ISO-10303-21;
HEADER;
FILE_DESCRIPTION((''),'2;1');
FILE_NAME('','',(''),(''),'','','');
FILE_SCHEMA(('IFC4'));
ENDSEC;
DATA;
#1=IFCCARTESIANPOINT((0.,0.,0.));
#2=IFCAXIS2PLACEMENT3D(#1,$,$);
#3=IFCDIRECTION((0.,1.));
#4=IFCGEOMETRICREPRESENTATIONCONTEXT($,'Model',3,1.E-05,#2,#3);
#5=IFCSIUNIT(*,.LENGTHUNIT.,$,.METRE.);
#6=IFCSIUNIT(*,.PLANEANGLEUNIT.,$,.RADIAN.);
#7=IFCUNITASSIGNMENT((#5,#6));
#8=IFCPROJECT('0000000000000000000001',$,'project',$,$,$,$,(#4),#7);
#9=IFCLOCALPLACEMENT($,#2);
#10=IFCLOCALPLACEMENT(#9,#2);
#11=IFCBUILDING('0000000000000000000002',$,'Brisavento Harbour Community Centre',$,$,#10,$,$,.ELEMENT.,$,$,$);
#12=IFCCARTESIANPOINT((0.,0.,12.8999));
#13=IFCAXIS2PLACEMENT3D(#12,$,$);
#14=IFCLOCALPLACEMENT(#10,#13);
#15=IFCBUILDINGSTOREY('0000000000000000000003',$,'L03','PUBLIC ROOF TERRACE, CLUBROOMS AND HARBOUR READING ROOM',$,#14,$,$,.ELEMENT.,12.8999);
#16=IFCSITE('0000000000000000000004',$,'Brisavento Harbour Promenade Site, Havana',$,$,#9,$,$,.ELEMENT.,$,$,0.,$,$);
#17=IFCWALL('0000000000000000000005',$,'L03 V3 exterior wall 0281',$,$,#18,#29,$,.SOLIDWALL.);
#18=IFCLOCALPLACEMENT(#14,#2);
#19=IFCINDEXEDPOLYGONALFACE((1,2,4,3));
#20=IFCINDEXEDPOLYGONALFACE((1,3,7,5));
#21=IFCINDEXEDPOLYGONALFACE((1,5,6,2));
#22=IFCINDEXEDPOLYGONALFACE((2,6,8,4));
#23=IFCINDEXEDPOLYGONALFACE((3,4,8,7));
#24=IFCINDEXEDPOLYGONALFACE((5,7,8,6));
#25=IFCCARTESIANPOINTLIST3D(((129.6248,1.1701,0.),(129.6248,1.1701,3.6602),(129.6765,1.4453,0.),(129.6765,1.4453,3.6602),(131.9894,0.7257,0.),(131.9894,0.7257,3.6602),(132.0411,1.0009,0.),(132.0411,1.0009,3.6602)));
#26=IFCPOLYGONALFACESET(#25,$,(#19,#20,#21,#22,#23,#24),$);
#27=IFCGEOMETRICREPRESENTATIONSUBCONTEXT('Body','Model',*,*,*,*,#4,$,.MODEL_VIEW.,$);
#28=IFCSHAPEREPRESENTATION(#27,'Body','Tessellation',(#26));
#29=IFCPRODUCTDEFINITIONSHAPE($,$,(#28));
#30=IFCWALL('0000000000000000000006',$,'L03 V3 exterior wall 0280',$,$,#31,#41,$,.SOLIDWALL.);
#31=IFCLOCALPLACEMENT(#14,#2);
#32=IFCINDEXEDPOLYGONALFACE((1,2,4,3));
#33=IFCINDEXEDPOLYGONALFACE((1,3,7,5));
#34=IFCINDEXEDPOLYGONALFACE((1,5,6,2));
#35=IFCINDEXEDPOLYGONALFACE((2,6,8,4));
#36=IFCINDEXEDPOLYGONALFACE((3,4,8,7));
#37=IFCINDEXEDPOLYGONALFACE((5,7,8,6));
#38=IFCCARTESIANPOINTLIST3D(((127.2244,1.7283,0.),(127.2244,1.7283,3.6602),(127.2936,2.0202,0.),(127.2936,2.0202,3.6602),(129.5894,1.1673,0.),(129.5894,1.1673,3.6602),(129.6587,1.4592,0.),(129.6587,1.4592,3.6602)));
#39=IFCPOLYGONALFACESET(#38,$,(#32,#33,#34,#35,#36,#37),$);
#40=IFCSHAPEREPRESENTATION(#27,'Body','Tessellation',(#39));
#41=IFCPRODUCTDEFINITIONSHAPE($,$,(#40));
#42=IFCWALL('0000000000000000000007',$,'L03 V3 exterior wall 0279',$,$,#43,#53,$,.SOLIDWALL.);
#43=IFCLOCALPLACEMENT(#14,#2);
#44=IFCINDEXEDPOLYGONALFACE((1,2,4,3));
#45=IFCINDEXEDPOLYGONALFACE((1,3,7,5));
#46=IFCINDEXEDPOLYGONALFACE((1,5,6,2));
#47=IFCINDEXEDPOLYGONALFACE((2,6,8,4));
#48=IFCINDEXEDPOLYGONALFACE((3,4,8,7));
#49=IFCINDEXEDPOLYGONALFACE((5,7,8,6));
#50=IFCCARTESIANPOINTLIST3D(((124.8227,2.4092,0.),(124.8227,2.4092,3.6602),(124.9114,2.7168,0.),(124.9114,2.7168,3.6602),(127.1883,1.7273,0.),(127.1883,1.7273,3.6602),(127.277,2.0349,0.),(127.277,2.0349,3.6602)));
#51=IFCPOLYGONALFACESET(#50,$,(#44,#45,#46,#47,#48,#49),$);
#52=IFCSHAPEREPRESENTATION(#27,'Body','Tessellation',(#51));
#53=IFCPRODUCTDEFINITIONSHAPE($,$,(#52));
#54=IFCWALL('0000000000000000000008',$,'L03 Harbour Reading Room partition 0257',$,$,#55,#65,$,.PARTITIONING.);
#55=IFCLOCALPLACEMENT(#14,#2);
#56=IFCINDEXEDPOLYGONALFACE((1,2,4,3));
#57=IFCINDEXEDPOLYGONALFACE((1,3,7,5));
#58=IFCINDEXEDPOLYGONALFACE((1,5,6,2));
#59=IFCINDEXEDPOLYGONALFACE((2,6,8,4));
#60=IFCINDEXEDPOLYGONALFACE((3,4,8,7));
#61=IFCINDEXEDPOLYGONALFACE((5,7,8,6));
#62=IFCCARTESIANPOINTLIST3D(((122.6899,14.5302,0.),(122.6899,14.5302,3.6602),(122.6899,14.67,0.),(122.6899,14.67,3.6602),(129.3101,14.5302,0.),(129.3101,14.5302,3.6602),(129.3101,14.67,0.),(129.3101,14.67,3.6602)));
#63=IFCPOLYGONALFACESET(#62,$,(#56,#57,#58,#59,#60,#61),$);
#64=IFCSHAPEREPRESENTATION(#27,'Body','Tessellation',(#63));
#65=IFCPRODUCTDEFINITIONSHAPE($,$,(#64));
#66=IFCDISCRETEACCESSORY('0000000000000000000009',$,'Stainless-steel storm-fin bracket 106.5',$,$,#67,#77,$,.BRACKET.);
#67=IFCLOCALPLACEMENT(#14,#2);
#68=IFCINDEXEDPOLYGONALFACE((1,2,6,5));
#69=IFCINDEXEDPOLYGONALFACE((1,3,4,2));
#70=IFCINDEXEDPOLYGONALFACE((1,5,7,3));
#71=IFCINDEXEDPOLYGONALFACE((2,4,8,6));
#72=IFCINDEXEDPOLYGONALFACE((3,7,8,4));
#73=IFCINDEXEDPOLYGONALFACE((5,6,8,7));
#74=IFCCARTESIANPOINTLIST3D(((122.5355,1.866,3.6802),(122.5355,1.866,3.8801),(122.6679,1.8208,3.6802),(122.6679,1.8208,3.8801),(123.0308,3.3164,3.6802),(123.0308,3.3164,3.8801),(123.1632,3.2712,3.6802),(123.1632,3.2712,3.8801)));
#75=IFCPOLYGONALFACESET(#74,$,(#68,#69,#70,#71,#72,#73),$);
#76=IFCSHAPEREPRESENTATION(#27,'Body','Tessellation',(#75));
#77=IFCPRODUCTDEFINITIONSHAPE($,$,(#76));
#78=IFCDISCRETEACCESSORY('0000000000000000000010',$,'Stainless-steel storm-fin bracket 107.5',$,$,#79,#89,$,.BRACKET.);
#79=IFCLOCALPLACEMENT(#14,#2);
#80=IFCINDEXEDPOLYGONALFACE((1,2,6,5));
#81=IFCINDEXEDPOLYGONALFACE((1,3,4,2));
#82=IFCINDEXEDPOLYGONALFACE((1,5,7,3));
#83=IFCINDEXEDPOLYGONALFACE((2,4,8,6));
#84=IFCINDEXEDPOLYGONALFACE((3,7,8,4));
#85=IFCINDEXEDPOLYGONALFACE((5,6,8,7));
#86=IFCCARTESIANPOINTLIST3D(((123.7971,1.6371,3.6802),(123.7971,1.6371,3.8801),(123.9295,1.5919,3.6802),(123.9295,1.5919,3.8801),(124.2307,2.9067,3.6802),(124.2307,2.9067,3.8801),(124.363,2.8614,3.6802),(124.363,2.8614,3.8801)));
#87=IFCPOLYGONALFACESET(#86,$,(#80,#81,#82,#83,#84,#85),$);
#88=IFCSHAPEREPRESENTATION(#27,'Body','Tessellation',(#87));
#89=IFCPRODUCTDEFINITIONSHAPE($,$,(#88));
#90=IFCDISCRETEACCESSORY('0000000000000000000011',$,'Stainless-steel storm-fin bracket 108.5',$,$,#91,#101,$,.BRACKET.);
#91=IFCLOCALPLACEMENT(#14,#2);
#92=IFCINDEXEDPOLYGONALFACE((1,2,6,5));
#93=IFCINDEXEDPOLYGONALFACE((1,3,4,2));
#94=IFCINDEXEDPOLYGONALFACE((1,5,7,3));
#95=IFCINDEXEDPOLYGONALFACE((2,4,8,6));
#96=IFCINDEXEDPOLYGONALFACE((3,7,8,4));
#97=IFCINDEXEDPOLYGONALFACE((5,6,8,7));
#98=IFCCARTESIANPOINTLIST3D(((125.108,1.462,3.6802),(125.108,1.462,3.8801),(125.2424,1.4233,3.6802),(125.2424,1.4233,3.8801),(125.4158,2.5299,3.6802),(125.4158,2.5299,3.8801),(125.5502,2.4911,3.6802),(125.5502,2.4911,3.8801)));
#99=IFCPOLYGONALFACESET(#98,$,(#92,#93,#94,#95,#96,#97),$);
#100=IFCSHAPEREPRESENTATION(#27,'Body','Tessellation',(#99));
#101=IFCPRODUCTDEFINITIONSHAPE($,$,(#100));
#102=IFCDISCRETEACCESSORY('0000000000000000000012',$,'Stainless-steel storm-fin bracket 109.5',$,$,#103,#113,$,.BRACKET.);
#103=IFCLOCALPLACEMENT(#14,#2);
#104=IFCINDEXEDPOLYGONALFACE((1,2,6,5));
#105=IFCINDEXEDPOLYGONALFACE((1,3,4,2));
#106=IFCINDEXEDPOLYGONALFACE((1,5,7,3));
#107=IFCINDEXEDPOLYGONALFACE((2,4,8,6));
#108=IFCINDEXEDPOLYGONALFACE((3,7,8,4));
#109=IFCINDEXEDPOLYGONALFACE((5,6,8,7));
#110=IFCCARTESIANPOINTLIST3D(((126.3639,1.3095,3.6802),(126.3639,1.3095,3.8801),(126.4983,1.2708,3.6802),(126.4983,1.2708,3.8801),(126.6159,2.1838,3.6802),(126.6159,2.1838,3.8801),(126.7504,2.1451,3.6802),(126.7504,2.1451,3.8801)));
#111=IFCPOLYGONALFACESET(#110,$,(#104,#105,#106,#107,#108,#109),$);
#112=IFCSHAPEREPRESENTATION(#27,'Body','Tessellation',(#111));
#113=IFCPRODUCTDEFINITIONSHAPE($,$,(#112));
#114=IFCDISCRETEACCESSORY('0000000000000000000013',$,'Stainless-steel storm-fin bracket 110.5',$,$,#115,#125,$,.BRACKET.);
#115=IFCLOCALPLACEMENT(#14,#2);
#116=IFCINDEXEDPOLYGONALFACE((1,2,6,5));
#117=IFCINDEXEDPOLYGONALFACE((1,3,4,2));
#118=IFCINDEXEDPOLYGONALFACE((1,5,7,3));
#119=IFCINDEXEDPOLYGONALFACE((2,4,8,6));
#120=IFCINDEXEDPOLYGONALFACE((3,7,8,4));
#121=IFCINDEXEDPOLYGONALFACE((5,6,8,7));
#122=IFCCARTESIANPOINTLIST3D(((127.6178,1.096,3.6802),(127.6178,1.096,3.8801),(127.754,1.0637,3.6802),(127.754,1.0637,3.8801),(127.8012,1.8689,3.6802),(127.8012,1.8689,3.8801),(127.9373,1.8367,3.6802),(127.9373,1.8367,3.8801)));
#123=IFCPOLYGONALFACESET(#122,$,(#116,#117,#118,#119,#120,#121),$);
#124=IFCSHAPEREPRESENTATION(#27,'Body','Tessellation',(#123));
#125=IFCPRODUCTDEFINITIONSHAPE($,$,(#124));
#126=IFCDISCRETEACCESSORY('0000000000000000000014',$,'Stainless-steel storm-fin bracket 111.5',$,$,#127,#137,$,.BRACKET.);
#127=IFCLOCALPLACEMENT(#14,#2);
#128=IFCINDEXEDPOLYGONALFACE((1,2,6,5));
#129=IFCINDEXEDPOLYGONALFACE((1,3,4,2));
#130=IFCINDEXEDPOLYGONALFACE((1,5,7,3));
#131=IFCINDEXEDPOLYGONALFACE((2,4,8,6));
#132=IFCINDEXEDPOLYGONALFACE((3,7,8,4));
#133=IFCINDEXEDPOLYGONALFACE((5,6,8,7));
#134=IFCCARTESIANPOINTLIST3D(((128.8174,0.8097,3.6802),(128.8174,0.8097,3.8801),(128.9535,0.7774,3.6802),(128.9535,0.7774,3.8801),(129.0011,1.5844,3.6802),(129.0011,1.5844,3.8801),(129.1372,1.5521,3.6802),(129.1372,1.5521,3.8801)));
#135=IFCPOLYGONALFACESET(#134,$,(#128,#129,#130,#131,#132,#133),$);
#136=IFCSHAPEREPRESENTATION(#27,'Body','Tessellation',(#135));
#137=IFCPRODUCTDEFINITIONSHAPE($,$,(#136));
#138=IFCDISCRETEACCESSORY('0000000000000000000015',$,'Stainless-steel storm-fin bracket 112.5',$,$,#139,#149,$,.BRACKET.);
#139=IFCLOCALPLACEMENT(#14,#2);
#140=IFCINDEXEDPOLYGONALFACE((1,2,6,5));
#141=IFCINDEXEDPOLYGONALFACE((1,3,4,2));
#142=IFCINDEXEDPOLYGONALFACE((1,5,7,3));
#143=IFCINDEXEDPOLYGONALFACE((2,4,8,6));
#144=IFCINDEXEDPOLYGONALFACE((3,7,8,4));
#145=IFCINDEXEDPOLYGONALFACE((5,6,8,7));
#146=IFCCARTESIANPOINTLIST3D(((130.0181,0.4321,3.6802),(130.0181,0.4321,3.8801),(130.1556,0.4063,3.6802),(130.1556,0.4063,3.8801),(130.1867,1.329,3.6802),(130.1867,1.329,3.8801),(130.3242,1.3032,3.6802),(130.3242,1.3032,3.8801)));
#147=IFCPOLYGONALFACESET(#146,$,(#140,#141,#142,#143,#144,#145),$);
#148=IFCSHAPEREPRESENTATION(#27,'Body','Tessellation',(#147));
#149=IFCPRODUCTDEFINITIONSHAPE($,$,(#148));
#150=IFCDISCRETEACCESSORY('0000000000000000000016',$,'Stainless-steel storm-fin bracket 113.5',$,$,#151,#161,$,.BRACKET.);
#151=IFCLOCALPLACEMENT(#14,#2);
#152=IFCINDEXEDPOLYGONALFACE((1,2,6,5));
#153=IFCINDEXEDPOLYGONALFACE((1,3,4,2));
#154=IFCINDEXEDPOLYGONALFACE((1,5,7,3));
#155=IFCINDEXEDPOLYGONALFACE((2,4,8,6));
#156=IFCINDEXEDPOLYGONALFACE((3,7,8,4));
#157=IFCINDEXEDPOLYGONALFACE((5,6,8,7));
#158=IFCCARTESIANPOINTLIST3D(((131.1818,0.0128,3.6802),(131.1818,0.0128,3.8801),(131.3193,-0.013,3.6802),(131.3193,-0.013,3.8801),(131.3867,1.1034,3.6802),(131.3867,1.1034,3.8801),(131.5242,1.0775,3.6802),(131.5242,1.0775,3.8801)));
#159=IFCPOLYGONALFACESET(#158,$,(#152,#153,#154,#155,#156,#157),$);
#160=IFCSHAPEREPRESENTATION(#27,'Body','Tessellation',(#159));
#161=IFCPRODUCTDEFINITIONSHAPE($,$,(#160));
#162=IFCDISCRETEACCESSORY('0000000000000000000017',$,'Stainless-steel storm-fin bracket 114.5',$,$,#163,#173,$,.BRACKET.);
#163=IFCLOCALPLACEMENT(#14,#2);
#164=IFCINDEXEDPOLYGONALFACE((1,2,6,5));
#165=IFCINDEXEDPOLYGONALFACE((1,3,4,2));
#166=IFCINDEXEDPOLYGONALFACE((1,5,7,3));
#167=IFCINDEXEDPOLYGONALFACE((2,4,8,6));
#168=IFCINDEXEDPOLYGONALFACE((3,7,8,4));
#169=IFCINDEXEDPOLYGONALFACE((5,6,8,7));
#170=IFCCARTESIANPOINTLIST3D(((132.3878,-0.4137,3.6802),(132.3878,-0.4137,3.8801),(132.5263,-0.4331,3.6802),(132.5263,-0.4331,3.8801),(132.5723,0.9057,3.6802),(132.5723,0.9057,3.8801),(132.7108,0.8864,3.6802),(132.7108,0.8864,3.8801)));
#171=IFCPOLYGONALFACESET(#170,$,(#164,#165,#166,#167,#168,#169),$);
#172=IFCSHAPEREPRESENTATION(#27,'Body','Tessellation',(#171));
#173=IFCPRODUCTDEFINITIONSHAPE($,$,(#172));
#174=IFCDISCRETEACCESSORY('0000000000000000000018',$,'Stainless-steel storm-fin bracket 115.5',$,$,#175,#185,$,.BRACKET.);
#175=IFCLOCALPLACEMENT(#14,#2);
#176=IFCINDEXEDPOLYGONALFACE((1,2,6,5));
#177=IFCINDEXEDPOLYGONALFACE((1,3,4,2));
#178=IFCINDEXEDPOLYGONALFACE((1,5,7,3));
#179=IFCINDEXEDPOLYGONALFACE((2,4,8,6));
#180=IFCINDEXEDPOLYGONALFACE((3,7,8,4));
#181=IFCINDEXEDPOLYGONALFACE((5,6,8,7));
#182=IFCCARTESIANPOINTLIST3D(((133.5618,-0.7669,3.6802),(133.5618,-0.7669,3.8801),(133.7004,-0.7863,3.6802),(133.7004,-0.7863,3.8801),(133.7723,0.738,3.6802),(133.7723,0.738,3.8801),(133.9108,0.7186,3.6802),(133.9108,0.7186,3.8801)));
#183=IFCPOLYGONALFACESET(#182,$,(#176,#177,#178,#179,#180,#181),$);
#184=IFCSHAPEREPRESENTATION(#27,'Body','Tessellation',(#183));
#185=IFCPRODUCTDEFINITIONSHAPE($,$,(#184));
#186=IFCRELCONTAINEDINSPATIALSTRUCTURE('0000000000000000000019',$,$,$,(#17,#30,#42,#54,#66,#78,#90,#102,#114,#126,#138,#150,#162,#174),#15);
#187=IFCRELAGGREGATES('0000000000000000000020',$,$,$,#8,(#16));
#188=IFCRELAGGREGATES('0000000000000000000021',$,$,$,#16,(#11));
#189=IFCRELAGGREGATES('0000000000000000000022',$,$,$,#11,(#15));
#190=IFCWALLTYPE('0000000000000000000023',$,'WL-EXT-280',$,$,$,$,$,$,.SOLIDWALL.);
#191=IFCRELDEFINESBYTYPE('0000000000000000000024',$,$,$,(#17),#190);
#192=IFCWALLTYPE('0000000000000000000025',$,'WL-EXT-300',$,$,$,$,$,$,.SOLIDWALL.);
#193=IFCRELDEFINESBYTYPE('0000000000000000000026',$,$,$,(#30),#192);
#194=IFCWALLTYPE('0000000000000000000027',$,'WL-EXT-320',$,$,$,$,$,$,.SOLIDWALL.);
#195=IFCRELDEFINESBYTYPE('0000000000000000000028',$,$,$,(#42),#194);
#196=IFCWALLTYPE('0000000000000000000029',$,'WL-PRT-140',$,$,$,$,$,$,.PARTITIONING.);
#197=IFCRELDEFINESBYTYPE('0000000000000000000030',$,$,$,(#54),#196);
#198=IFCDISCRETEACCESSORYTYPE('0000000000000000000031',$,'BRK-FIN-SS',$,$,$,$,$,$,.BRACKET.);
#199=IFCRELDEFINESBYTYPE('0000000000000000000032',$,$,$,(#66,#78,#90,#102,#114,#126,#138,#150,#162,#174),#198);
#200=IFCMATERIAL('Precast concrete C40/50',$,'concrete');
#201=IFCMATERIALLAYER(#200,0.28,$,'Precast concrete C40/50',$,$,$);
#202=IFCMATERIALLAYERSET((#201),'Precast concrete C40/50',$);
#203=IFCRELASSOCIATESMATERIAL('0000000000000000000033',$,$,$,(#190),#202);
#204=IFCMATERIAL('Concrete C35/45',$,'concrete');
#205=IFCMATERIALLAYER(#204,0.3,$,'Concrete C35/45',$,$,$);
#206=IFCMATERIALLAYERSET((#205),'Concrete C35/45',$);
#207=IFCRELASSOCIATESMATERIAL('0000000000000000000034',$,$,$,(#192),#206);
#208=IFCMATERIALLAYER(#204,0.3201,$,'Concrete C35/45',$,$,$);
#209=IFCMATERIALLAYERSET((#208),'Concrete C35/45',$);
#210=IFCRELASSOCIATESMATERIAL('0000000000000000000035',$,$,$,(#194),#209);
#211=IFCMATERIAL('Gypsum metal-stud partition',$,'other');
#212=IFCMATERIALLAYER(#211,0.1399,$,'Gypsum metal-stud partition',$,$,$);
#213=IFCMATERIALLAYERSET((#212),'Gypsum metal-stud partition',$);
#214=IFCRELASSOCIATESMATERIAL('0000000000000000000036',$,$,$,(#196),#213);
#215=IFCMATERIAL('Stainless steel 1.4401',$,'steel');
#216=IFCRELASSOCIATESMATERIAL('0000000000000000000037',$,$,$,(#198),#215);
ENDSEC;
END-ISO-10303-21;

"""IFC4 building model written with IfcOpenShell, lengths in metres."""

from ifc_helpers import new_model, si_unit, direction, frame, frame_2d, origin, origin_2d, place, context, subcontext, project, spatial, rectangle, extrude, material, layer, layer_set, type_object, element, save


model = new_model("IFC4")

# Units and contexts
model_context = context("Model", 3, precision=1e-05, world=origin(), true_north=direction((0.0, 1.0)))
body_context = subcontext(model_context, "Body", "Model", "MODEL_VIEW")
ifc_project = project(units=[si_unit("LENGTHUNIT", "METRE"), si_unit("PLANEANGLEUNIT", "RADIAN")], contexts=[model_context])

# Site, building, storey
site_placement = place(None, origin())
site = spatial("IfcSite", under=ifc_project, at=site_placement, Name="Brisavento Harbour Promenade Site, Havana", CompositionType="ELEMENT", RefElevation=0.0)
building_placement = place(site_placement, origin())
building = spatial("IfcBuilding", under=site, at=building_placement, Name="Brisavento Harbour Community Centre", CompositionType="ELEMENT")
storey_placement = place(building_placement, frame((0.0, 0.0, 12.8999)))
storey = spatial("IfcBuildingStorey", under=building, at=storey_placement, Name="L03", Description="PUBLIC ROOF TERRACE, CLUBROOMS AND HARBOUR READING ROOM", CompositionType="ELEMENT", Elevation=12.8999)

# Shared definitions
ifc_material_1 = material(Name="Concrete C35/45", Category="concrete")

# Walls
ifc_material_2 = material(Name="Precast concrete C40/50", Category="concrete")
ifc_layer_1 = layer(ifc_material_2, 0.28, Name="Precast concrete C40/50")
ifc_layer_set_1 = layer_set([ifc_layer_1], Name="Precast concrete C40/50")
wall_type_1 = type_object("IfcWallType", Name="WL-EXT-280", PredefinedType="SOLIDWALL", material=ifc_layer_set_1)
wall_1_placement = place(storey_placement, frame((132.0154, 0.8633, 0.0), z_axis=(0.0, 0.0, 1.0), x_axis=(-0.982797, 0.184687, 0.0)))
element("IfcWall", 1, at=wall_1_placement, inside=storey, type_object=wall_type_1, Name="L03 V3 exterior wall 0281", PredefinedType="SOLIDWALL", context=body_context, shape_type="SweptSolid", body=[
    extrude(rectangle(XDim=2.406, YDim=0.28, at=frame_2d((1.2031, 0.0))), origin(), (0.0, 0.0, 1.0), 3.6602),
])
ifc_layer_2 = layer(ifc_material_1, 0.3, Name="Concrete C35/45")
ifc_layer_set_2 = layer_set([ifc_layer_2], Name="Concrete C35/45")
wall_type_2 = type_object("IfcWallType", Name="WL-EXT-300", PredefinedType="SOLIDWALL", material=ifc_layer_set_2)
wall_2_placement = place(storey_placement, frame((129.624, 1.3132, 0.0), z_axis=(0.0, 0.0, 1.0), x_axis=(-0.972997, 0.230819, 0.0)))
element("IfcWall", 2, at=wall_2_placement, inside=storey, type_object=wall_type_2, Name="L03 V3 exterior wall 0280", PredefinedType="SOLIDWALL", context=body_context, shape_type="SweptSolid", body=[
    extrude(rectangle(XDim=2.4307, YDim=0.3, at=frame_2d((1.2153, 0.0))), origin(), (0.0, 0.0, 1.0), 3.6602),
])
ifc_layer_3 = layer(ifc_material_1, 0.3201, Name="Concrete C35/45")
ifc_layer_set_3 = layer_set([ifc_layer_3], Name="Concrete C35/45")
wall_type_3 = type_object("IfcWallType", Name="WL-EXT-320", PredefinedType="SOLIDWALL", material=ifc_layer_set_3)
wall_3_placement = place(storey_placement, frame((127.2327, 1.8811, 0.0), z_axis=(0.0, 0.0, 1.0), x_axis=(-0.960874, 0.276986, 0.0)))
element("IfcWall", 3, at=wall_3_placement, inside=storey, type_object=wall_type_3, Name="L03 V3 exterior wall 0279", PredefinedType="SOLIDWALL", context=body_context, shape_type="SweptSolid", body=[
    extrude(rectangle(XDim=2.4619, YDim=0.3201, at=frame_2d((1.231, 0.0))), origin(), (0.0, 0.0, 1.0), 3.6602),
])
ifc_material_3 = material(Name="Gypsum metal-stud partition", Category="other")
ifc_layer_4 = layer(ifc_material_3, 0.1399, Name="Gypsum metal-stud partition")
ifc_layer_set_4 = layer_set([ifc_layer_4], Name="Gypsum metal-stud partition")
wall_type_4 = type_object("IfcWallType", Name="WL-PRT-140", PredefinedType="PARTITIONING", material=ifc_layer_set_4)
wall_4_placement = place(storey_placement, frame((129.3101, 14.6001, 0.0), z_axis=(0.0, 0.0, 1.0), x_axis=(-1.0, 0.0, 0.0)))
element("IfcWall", 4, at=wall_4_placement, inside=storey, type_object=wall_type_4, Name="L03 Harbour Reading Room partition 0257", PredefinedType="PARTITIONING", context=body_context, shape_type="SweptSolid", body=[
    extrude(rectangle(XDim=6.6201, YDim=0.1399, at=frame_2d((3.3101, 0.0))), origin(), (0.0, 0.0, 1.0), 3.6602),
])

# Discrete accessories
ifc_material_4 = material(Name="Stainless steel 1.4401", Category="steel")
discrete_accessory_type = type_object("IfcDiscreteAccessoryType", Name="BRK-FIN-SS", PredefinedType="BRACKET", material=ifc_material_4)
discrete_accessory_1_placement = place(storey_placement, frame((122.8494, 2.5686, 3.6802), z_axis=(0.0, 0.0, 1.0), x_axis=(-0.323174, -0.946339, 0.0)))
element("IfcDiscreteAccessory", 5, at=discrete_accessory_1_placement, inside=storey, type_object=discrete_accessory_type, Name="Stainless-steel storm-fin bracket 106.5", PredefinedType="BRACKET", context=body_context, shape_type="SweptSolid", body=[
    extrude(rectangle(XDim=1.5327, YDim=0.1399, at=origin_2d()), origin(), (0.0, 0.0, 1.0), 0.2),
])
discrete_accessory_2_placement = place(storey_placement, frame((124.0801, 2.2493, 3.6802), z_axis=(0.0, 0.0, 1.0), x_axis=(-0.323174, -0.946339, 0.0)))
element("IfcDiscreteAccessory", 6, at=discrete_accessory_2_placement, inside=storey, type_object=discrete_accessory_type, Name="Stainless-steel storm-fin bracket 107.5", PredefinedType="BRACKET", context=body_context, shape_type="SweptSolid", body=[
    extrude(rectangle(XDim=1.3416, YDim=0.1399, at=origin_2d()), origin(), (0.0, 0.0, 1.0), 0.2),
])
discrete_accessory_3_placement = place(storey_placement, frame((125.3291, 1.9766, 3.6802), z_axis=(0.0, 0.0, 1.0), x_axis=(-0.276996, -0.960871, 0.0)))
element("IfcDiscreteAccessory", 7, at=discrete_accessory_3_placement, inside=storey, type_object=discrete_accessory_type, Name="Stainless-steel storm-fin bracket 108.5", PredefinedType="BRACKET", context=body_context, shape_type="SweptSolid", body=[
    extrude(rectangle(XDim=1.1113, YDim=0.1399, at=origin_2d()), origin(), (0.0, 0.0, 1.0), 0.2),
])
discrete_accessory_4_placement = place(storey_placement, frame((126.5571, 1.7273, 3.6802), z_axis=(0.0, 0.0, 1.0), x_axis=(-0.276996, -0.960871, 0.0)))
element("IfcDiscreteAccessory", 8, at=discrete_accessory_4_placement, inside=storey, type_object=discrete_accessory_type, Name="Stainless-steel storm-fin bracket 109.5", PredefinedType="BRACKET", context=body_context, shape_type="SweptSolid", body=[
    extrude(rectangle(XDim=0.9099, YDim=0.1399, at=origin_2d()), origin(), (0.0, 0.0, 1.0), 0.2),
])
discrete_accessory_5_placement = place(storey_placement, frame((127.7776, 1.4663, 3.6802), z_axis=(0.0, 0.0, 1.0), x_axis=(-0.230831, -0.972994, 0.0)))
element("IfcDiscreteAccessory", 9, at=discrete_accessory_5_placement, inside=storey, type_object=discrete_accessory_type, Name="Stainless-steel storm-fin bracket 110.5", PredefinedType="BRACKET", context=body_context, shape_type="SweptSolid", body=[
    extrude(rectangle(XDim=0.7944, YDim=0.1399, at=origin_2d()), origin(), (0.0, 0.0, 1.0), 0.2),
])
discrete_accessory_6_placement = place(storey_placement, frame((128.9773, 1.1809, 3.6802), z_axis=(0.0, 0.0, 1.0), x_axis=(-0.230831, -0.972994, 0.0)))
element("IfcDiscreteAccessory", 10, at=discrete_accessory_6_placement, inside=storey, type_object=discrete_accessory_type, Name="Stainless-steel storm-fin bracket 111.5", PredefinedType="BRACKET", context=body_context, shape_type="SweptSolid", body=[
    extrude(rectangle(XDim=0.7961, YDim=0.1399, at=origin_2d()), origin(), (0.0, 0.0, 1.0), 0.2),
])
discrete_accessory_7_placement = place(storey_placement, frame((130.1711, 0.8677, 3.6802), z_axis=(0.0, 0.0, 1.0), x_axis=(-0.184672, -0.9828, 0.0)))
element("IfcDiscreteAccessory", 11, at=discrete_accessory_7_placement, inside=storey, type_object=discrete_accessory_type, Name="Stainless-steel storm-fin bracket 112.5", PredefinedType="BRACKET", context=body_context, shape_type="SweptSolid", body=[
    extrude(rectangle(XDim=0.9126, YDim=0.1399, at=origin_2d()), origin(), (0.0, 0.0, 1.0), 0.2),
])
discrete_accessory_8_placement = place(storey_placement, frame((131.353, 0.5452, 3.6802), z_axis=(0.0, 0.0, 1.0), x_axis=(-0.184672, -0.9828, 0.0)))
element("IfcDiscreteAccessory", 12, at=discrete_accessory_8_placement, inside=storey, type_object=discrete_accessory_type, Name="Stainless-steel storm-fin bracket 113.5", PredefinedType="BRACKET", context=body_context, shape_type="SweptSolid", body=[
    extrude(rectangle(XDim=1.1096, YDim=0.1399, at=origin_2d()), origin(), (0.0, 0.0, 1.0), 0.2),
])
discrete_accessory_9_placement = place(storey_placement, frame((132.5493, 0.2363, 3.6802), z_axis=(0.0, 0.0, 1.0), x_axis=(-0.138499, -0.990363, 0.0)))
element("IfcDiscreteAccessory", 13, at=discrete_accessory_9_placement, inside=storey, type_object=discrete_accessory_type, Name="Stainless-steel storm-fin bracket 114.5", PredefinedType="BRACKET", context=body_context, shape_type="SweptSolid", body=[
    extrude(rectangle(XDim=1.3323, YDim=0.1399, at=origin_2d()), origin(), (0.0, 0.0, 1.0), 0.2),
])
discrete_accessory_10_placement = place(storey_placement, frame((133.7363, -0.0242, 3.6802), z_axis=(0.0, 0.0, 1.0), x_axis=(-0.138499, -0.990363, 0.0)))
element("IfcDiscreteAccessory", 14, at=discrete_accessory_10_placement, inside=storey, type_object=discrete_accessory_type, Name="Stainless-steel storm-fin bracket 115.5", PredefinedType="BRACKET", context=body_context, shape_type="SweptSolid", body=[
    extrude(rectangle(XDim=1.5195, YDim=0.1399, at=origin_2d()), origin(), (0.0, 0.0, 1.0), 0.2),
])

save(model, "model.ifc")
